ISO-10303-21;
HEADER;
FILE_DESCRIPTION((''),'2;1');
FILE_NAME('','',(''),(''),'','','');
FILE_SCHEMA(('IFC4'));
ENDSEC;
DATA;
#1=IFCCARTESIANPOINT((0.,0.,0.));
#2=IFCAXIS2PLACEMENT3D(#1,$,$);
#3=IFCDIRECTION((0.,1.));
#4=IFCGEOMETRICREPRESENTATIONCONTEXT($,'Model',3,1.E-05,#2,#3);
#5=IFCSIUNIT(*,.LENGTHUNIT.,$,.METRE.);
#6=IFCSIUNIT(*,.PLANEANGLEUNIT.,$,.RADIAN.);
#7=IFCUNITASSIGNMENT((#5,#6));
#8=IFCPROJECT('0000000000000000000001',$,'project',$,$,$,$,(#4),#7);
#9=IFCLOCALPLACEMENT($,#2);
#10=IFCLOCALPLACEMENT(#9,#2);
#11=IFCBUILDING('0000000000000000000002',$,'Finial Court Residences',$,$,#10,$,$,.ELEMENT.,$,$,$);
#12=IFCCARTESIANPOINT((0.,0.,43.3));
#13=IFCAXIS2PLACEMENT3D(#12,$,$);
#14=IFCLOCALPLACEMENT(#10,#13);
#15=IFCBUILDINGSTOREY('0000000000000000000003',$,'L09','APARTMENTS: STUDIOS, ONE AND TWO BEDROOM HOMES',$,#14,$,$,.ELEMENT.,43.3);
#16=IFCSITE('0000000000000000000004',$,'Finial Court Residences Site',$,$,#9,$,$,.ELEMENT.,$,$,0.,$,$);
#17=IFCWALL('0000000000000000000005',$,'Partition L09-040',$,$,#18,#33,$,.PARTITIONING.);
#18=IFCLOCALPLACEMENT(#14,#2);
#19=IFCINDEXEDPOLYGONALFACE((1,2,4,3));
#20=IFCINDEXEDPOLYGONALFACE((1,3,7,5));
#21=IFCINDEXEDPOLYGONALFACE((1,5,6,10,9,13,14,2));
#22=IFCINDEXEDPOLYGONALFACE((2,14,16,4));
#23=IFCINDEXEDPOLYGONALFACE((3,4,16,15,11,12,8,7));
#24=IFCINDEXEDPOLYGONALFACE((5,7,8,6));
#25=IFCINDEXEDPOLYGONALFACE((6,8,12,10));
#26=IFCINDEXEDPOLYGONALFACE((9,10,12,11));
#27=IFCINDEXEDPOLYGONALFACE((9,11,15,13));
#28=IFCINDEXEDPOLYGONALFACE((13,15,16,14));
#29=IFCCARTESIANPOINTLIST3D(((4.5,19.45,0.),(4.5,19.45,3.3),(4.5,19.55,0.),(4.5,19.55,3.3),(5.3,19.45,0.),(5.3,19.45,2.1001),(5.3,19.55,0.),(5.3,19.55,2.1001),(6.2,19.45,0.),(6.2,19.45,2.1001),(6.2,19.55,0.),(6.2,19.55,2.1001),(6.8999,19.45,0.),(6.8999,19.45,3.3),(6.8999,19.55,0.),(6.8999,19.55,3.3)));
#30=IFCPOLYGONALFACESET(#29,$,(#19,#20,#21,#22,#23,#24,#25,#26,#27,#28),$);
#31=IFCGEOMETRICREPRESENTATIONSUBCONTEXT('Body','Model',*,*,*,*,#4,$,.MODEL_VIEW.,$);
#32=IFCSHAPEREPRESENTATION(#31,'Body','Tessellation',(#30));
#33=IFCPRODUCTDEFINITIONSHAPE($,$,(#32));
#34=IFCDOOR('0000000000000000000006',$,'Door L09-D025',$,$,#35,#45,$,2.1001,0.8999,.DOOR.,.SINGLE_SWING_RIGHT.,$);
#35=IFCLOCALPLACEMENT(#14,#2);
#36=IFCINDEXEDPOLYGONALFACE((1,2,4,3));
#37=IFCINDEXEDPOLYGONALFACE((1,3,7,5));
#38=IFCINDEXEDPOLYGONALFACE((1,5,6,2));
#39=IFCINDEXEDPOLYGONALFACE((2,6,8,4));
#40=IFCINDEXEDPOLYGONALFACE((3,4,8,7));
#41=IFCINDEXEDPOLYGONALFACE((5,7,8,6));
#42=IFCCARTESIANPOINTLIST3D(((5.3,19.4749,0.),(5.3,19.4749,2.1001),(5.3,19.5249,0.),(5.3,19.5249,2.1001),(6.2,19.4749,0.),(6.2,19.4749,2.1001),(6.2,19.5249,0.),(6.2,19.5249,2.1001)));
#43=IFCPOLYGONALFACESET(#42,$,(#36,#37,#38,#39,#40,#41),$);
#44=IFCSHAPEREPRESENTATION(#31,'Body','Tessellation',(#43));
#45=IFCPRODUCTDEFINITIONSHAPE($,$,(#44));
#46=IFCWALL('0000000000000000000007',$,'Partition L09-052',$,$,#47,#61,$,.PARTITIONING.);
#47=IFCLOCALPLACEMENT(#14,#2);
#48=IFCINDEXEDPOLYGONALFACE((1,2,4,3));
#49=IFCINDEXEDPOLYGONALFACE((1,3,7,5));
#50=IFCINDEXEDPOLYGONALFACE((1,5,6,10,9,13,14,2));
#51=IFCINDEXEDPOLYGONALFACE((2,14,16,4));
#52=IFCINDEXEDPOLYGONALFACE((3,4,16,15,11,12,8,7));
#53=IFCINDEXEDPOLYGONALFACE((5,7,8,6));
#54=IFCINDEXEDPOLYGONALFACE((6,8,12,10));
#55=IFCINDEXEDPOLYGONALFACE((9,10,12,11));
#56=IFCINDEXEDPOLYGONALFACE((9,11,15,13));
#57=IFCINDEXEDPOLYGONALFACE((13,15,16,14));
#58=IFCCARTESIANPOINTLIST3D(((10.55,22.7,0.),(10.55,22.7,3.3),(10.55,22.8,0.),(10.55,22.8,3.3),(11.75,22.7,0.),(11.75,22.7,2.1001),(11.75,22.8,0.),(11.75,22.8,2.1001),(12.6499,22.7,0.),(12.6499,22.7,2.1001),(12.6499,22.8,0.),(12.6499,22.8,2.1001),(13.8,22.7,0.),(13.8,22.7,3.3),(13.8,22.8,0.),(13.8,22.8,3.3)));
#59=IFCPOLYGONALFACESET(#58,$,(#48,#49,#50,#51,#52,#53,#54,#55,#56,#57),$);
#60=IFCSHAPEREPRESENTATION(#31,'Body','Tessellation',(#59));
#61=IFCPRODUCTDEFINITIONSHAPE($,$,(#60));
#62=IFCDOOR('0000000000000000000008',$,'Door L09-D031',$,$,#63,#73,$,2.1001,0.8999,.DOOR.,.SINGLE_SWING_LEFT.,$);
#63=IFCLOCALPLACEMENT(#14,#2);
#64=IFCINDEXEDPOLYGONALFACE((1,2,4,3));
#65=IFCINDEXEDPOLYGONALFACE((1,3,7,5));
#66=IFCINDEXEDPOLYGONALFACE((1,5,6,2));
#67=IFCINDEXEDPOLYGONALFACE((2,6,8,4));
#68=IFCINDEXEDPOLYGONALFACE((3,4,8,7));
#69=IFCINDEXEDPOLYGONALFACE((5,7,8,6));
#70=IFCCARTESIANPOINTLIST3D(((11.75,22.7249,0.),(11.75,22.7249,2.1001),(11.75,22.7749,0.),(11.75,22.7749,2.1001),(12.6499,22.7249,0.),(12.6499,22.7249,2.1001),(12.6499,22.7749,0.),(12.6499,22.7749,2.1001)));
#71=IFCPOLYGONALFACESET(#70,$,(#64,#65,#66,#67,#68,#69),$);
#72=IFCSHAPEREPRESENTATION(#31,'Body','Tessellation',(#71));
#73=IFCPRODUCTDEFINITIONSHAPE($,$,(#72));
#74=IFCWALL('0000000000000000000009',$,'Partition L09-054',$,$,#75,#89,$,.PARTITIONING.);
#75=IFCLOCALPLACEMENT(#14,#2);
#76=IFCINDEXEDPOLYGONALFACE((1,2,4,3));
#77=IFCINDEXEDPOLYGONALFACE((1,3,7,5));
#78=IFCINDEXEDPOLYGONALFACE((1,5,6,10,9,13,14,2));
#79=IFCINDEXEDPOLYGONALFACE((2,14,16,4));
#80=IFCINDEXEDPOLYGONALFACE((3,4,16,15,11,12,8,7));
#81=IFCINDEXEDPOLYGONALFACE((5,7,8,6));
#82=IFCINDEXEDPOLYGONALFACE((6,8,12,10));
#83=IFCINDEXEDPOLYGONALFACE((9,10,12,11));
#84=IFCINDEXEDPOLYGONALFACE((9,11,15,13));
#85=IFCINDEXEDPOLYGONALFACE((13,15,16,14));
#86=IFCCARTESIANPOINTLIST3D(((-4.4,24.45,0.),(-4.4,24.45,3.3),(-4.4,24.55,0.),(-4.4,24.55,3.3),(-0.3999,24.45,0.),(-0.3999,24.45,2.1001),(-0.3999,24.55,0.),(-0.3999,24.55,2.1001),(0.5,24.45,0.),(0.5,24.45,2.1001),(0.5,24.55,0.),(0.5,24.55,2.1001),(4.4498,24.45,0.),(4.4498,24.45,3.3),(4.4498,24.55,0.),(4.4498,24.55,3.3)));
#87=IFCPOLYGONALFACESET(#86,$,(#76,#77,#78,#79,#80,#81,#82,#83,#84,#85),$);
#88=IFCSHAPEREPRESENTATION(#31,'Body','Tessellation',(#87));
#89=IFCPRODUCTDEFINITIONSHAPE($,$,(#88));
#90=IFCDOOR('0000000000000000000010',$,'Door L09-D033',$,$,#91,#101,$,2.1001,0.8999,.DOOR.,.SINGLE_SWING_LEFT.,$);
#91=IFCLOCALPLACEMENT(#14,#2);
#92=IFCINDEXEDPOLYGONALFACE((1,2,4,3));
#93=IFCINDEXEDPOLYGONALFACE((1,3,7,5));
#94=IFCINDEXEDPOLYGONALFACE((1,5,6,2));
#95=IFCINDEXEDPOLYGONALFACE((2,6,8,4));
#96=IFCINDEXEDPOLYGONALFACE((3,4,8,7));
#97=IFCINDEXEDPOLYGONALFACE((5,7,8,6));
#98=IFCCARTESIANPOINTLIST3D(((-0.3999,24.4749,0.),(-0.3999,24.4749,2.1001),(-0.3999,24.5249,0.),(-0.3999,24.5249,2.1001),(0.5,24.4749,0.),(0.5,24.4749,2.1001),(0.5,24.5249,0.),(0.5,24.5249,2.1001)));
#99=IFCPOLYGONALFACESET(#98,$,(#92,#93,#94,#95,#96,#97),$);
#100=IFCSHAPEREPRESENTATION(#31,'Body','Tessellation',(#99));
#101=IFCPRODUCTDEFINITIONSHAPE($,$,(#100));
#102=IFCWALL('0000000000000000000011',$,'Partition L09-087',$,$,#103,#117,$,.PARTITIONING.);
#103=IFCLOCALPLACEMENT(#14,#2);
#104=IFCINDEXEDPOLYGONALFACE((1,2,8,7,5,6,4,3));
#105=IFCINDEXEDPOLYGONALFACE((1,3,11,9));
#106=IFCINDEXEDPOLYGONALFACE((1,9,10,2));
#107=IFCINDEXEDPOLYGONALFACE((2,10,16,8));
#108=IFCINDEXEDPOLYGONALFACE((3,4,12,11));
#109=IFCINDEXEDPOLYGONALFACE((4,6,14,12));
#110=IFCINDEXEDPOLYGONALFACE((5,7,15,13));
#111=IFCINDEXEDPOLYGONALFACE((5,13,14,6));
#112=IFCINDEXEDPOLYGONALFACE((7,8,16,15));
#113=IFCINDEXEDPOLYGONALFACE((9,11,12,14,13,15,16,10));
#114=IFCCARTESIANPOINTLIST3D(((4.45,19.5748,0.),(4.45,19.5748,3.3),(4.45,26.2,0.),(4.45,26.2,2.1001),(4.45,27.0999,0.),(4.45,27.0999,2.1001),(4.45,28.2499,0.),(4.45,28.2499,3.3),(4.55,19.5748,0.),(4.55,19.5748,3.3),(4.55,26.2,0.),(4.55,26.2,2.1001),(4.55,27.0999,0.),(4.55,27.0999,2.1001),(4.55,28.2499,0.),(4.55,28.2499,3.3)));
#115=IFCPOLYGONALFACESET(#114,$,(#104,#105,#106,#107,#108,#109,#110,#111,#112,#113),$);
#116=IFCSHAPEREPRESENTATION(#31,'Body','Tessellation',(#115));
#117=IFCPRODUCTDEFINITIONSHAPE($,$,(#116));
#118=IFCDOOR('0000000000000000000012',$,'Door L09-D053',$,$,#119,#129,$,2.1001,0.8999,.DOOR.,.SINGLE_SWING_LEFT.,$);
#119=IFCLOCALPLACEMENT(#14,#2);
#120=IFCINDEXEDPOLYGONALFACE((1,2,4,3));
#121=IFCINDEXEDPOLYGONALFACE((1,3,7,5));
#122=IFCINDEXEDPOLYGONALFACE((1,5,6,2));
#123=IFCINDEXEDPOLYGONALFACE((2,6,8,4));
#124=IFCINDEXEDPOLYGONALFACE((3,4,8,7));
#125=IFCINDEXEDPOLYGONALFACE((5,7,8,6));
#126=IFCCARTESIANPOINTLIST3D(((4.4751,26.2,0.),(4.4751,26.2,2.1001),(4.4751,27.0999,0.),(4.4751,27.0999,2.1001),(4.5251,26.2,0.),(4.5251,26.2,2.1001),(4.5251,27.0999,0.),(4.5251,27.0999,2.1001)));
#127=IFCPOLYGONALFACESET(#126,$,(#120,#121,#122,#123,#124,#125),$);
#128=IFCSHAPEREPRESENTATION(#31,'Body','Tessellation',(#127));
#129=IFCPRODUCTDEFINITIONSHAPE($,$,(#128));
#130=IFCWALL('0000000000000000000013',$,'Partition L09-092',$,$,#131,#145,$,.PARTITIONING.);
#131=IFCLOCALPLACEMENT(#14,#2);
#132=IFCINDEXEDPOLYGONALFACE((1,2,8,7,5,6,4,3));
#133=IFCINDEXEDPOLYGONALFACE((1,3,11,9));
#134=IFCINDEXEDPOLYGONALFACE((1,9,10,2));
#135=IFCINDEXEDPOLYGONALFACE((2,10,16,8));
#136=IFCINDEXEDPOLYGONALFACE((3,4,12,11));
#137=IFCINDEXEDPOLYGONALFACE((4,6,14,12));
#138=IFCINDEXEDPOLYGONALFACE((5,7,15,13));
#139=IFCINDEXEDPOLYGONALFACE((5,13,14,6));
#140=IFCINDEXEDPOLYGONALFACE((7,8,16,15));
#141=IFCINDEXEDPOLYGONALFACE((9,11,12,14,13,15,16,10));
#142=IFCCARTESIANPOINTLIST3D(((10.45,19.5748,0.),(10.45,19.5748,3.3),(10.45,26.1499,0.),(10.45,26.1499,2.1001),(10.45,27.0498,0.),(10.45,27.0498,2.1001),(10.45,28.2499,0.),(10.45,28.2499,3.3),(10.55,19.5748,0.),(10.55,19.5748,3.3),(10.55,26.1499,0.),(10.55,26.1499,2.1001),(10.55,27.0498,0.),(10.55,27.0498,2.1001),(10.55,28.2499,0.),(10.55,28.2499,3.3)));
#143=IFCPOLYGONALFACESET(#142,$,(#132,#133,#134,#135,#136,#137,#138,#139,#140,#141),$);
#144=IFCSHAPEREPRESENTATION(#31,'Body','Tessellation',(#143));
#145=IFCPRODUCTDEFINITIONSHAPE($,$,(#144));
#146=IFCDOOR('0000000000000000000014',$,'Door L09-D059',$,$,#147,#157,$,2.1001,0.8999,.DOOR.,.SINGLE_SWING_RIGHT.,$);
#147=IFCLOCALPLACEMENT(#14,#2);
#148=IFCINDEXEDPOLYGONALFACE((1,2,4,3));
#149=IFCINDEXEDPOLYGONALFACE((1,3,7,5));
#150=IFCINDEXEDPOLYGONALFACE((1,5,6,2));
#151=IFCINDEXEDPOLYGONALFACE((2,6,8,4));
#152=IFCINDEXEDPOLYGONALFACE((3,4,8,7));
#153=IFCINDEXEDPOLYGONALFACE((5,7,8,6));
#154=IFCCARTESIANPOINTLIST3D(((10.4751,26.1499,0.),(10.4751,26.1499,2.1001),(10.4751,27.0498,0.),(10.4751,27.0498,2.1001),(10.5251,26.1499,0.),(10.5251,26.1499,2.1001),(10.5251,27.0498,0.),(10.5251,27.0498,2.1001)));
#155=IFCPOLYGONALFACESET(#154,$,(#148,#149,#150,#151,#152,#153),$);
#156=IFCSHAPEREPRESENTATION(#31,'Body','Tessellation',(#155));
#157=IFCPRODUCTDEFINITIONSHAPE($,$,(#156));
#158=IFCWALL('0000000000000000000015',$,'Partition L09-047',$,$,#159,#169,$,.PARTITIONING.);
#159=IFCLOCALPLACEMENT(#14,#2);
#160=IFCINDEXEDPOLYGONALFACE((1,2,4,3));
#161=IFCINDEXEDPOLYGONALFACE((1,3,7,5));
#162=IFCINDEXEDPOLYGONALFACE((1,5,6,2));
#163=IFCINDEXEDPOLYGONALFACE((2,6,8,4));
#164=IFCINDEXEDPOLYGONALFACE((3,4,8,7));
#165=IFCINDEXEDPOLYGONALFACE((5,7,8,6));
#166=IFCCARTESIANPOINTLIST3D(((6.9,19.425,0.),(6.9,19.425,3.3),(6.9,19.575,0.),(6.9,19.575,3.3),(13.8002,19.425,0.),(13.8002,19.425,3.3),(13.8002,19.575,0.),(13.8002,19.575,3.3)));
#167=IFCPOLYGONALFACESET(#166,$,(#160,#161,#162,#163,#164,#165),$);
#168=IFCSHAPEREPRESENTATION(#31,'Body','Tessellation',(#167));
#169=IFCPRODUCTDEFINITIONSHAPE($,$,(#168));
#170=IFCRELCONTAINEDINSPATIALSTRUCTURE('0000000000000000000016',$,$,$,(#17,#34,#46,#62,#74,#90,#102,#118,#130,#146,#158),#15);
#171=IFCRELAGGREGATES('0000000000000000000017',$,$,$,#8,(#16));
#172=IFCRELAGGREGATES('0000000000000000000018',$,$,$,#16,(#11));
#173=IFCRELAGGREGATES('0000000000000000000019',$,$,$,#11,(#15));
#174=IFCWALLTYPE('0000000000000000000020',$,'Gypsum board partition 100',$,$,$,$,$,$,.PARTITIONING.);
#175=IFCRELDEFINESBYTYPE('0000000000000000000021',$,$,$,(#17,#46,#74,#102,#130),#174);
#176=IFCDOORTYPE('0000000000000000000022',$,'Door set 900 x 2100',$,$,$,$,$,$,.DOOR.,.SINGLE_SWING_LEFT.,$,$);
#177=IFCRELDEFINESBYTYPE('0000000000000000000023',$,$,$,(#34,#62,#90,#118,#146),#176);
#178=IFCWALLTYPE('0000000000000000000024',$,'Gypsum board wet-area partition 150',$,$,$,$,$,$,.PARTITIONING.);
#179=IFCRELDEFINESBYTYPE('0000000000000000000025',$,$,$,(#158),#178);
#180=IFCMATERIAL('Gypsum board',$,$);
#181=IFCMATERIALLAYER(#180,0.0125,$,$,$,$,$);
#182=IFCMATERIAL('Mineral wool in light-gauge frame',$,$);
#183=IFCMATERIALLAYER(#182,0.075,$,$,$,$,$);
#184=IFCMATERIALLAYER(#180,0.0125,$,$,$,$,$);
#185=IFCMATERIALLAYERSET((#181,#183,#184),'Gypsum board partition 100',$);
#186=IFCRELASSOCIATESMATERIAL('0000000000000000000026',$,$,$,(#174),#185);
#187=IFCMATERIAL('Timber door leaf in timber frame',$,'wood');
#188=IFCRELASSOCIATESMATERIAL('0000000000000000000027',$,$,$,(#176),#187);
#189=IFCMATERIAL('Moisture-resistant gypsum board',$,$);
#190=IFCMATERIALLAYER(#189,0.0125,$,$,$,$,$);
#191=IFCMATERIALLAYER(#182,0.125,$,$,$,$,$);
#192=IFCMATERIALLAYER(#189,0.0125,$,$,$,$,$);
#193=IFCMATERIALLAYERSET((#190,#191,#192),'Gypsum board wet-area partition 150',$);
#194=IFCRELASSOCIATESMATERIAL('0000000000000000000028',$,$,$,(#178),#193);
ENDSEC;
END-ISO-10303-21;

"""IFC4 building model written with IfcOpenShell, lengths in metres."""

from ifc_helpers import new_model, si_unit, direction, frame, frame_2d, origin, place, context, subcontext, project, spatial, rectangle, extrude, material, layer, layer_set, type_object, element, fill, save


model = new_model("IFC4")

# Units and contexts
model_context = context("Model", 3, precision=1e-05, world=origin(), true_north=direction((0.0, 1.0)))
body_context = subcontext(model_context, "Body", "Model", "MODEL_VIEW")
ifc_project = project(units=[si_unit("LENGTHUNIT", "METRE"), si_unit("PLANEANGLEUNIT", "RADIAN")], contexts=[model_context])

# Site, building, storey
site_placement = place(None, origin())
site = spatial("IfcSite", under=ifc_project, at=site_placement, Name="Finial Court Residences Site", CompositionType="ELEMENT", RefElevation=0.0)
building_placement = place(site_placement, origin())
building = spatial("IfcBuilding", under=site, at=building_placement, Name="Finial Court Residences", CompositionType="ELEMENT")
storey_placement = place(building_placement, frame((0.0, 0.0, 43.3)))
storey = spatial("IfcBuildingStorey", under=building, at=storey_placement, Name="L09", Description="APARTMENTS: STUDIOS, ONE AND TWO BEDROOM HOMES", CompositionType="ELEMENT", Elevation=43.3)

# Walls, openings, doors
ifc_material_1 = material(Name="Gypsum board")
ifc_layer_1 = layer(ifc_material_1, 0.0125)
ifc_material_2 = material(Name="Mineral wool in light-gauge frame")
ifc_layer_2 = layer(ifc_material_2, 0.075)
ifc_layer_3 = layer(ifc_material_1, 0.0125)
ifc_layer_set_1 = layer_set([ifc_layer_1, ifc_layer_2, ifc_layer_3], Name="Gypsum board partition 100")
wall_type_1 = type_object("IfcWallType", Name="Gypsum board partition 100", PredefinedType="PARTITIONING", material=ifc_layer_set_1)
wall_1_placement = place(storey_placement, frame((4.5, 19.5, 0.0), z_axis=(0.0, 0.0, 1.0), x_axis=(1.0, 0.0, 0.0)))
wall_1 = element("IfcWall", 1, at=wall_1_placement, inside=storey, type_object=wall_type_1, Name="Partition L09-040", PredefinedType="PARTITIONING", context=body_context, shape_type="SweptSolid", body=[
    extrude(rectangle(XDim=2.3999, YDim=0.1001, at=frame_2d((1.2, 0.0))), origin(), (0.0, 0.0, 1.0), 3.3),
])
opening_1_placement = place(wall_1_placement, frame((0.8, 0.0, 0.0)))
opening_1 = element("IfcOpeningElement", 2, at=opening_1_placement, cuts=wall_1, PredefinedType="OPENING", context=body_context, shape_type="SweptSolid", body=[
    extrude(rectangle(XDim=0.8999, YDim=2.1001, at=frame_2d((0.45, 1.05))), frame((0.0, 0.0601, 0.0), z_axis=(0.0, -1.0, 0.0), x_axis=(1.0, 0.0, 0.0)), (0.0, 0.0, 1.0), 0.1201),
])
ifc_material_3 = material(Name="Timber door leaf in timber frame", Category="wood")
door_type = type_object("IfcDoorType", Name="Door set 900 x 2100", OperationType="SINGLE_SWING_LEFT", PredefinedType="DOOR", material=ifc_material_3)
door_1_placement = place(opening_1_placement, origin())
door_1 = element("IfcDoor", 3, at=door_1_placement, inside=storey, type_object=door_type, Name="Door L09-D025", OperationType="SINGLE_SWING_RIGHT", OverallHeight=2.1001, OverallWidth=0.8999, PredefinedType="DOOR", context=body_context, shape_type="SweptSolid", body=[
    extrude(rectangle(XDim=0.8999, YDim=2.1001, at=frame_2d((0.45, 1.05))), frame((0.0, 0.0249, 0.0), z_axis=(0.0, -1.0, 0.0), x_axis=(1.0, 0.0, 0.0)), (0.0, 0.0, 1.0), 0.05),
])
fill(opening_1, door_1)
wall_2_placement = place(storey_placement, frame((10.55, 22.75, 0.0), z_axis=(0.0, 0.0, 1.0), x_axis=(1.0, 0.0, 0.0)))
wall_2 = element("IfcWall", 4, at=wall_2_placement, inside=storey, type_object=wall_type_1, Name="Partition L09-052", PredefinedType="PARTITIONING", context=body_context, shape_type="SweptSolid", body=[
    extrude(rectangle(XDim=3.25, YDim=0.1001, at=frame_2d((1.625, 0.0))), origin(), (0.0, 0.0, 1.0), 3.3),
])
opening_2_placement = place(wall_2_placement, frame((1.2, 0.0, 0.0)))
opening_2 = element("IfcOpeningElement", 5, at=opening_2_placement, cuts=wall_2, PredefinedType="OPENING", context=body_context, shape_type="SweptSolid", body=[
    extrude(rectangle(XDim=0.8999, YDim=2.1001, at=frame_2d((0.45, 1.05))), frame((0.0, 0.0601, 0.0), z_axis=(0.0, -1.0, 0.0), x_axis=(1.0, 0.0, 0.0)), (0.0, 0.0, 1.0), 0.1201),
])
door_2_placement = place(opening_2_placement, origin())
door_2 = element("IfcDoor", 6, at=door_2_placement, inside=storey, type_object=door_type, Name="Door L09-D031", OperationType="SINGLE_SWING_LEFT", OverallHeight=2.1001, OverallWidth=0.8999, PredefinedType="DOOR", context=body_context, shape_type="SweptSolid", body=[
    extrude(rectangle(XDim=0.8999, YDim=2.1001, at=frame_2d((0.45, 1.05))), frame((0.0, 0.0249, 0.0), z_axis=(0.0, -1.0, 0.0), x_axis=(1.0, 0.0, 0.0)), (0.0, 0.0, 1.0), 0.05),
])
fill(opening_2, door_2)
wall_3_placement = place(storey_placement, frame((-4.3999, 24.5, 0.0), z_axis=(0.0, 0.0, 1.0), x_axis=(1.0, 0.0, 0.0)))
wall_3 = element("IfcWall", 7, at=wall_3_placement, inside=storey, type_object=wall_type_1, Name="Partition L09-054", PredefinedType="PARTITIONING", context=body_context, shape_type="SweptSolid", body=[
    extrude(rectangle(XDim=8.8499, YDim=0.1001, at=frame_2d((4.4248, 0.0))), origin(), (0.0, 0.0, 1.0), 3.3),
])
opening_3_placement = place(wall_3_placement, frame((4.0, 0.0, 0.0)))
opening_3 = element("IfcOpeningElement", 8, at=opening_3_placement, cuts=wall_3, PredefinedType="OPENING", context=body_context, shape_type="SweptSolid", body=[
    extrude(rectangle(XDim=0.8999, YDim=2.1001, at=frame_2d((0.45, 1.05))), frame((0.0, 0.0601, 0.0), z_axis=(0.0, -1.0, 0.0), x_axis=(1.0, 0.0, 0.0)), (0.0, 0.0, 1.0), 0.1201),
])
door_3_placement = place(opening_3_placement, origin())
door_3 = element("IfcDoor", 9, at=door_3_placement, inside=storey, type_object=door_type, Name="Door L09-D033", OperationType="SINGLE_SWING_LEFT", OverallHeight=2.1001, OverallWidth=0.8999, PredefinedType="DOOR", context=body_context, shape_type="SweptSolid", body=[
    extrude(rectangle(XDim=0.8999, YDim=2.1001, at=frame_2d((0.45, 1.05))), frame((0.0, 0.0249, 0.0), z_axis=(0.0, -1.0, 0.0), x_axis=(1.0, 0.0, 0.0)), (0.0, 0.0, 1.0), 0.05),
])
fill(opening_3, door_3)
wall_4_placement = place(storey_placement, frame((4.5, 19.575, 0.0), z_axis=(0.0, 0.0, 1.0), x_axis=(0.0, 1.0, 0.0)))
wall_4 = element("IfcWall", 10, at=wall_4_placement, inside=storey, type_object=wall_type_1, Name="Partition L09-087", PredefinedType="PARTITIONING", context=body_context, shape_type="SweptSolid", body=[
    extrude(rectangle(XDim=8.675, YDim=0.1001, at=frame_2d((4.3374, 0.0))), origin(), (0.0, 0.0, 1.0), 3.3),
])
opening_4_placement = place(wall_4_placement, frame((6.625, 0.0, 0.0)))
opening_4 = element("IfcOpeningElement", 11, at=opening_4_placement, cuts=wall_4, PredefinedType="OPENING", context=body_context, shape_type="SweptSolid", body=[
    extrude(rectangle(XDim=0.8999, YDim=2.1001, at=frame_2d((0.45, 1.05))), frame((0.0, 0.0601, 0.0), z_axis=(0.0, -1.0, 0.0), x_axis=(1.0, 0.0, 0.0)), (0.0, 0.0, 1.0), 0.1201),
])
door_4_placement = place(opening_4_placement, origin())
door_4 = element("IfcDoor", 12, at=door_4_placement, inside=storey, type_object=door_type, Name="Door L09-D053", OperationType="SINGLE_SWING_LEFT", OverallHeight=2.1001, OverallWidth=0.8999, PredefinedType="DOOR", context=body_context, shape_type="SweptSolid", body=[
    extrude(rectangle(XDim=0.8999, YDim=2.1001, at=frame_2d((0.45, 1.05))), frame((0.0, 0.0249, 0.0), z_axis=(0.0, -1.0, 0.0), x_axis=(1.0, 0.0, 0.0)), (0.0, 0.0, 1.0), 0.05),
])
fill(opening_4, door_4)
wall_5_placement = place(storey_placement, frame((10.5, 19.575, 0.0), z_axis=(0.0, 0.0, 1.0), x_axis=(0.0, 1.0, 0.0)))
wall_5 = element("IfcWall", 13, at=wall_5_placement, inside=storey, type_object=wall_type_1, Name="Partition L09-092", PredefinedType="PARTITIONING", context=body_context, shape_type="SweptSolid", body=[
    extrude(rectangle(XDim=8.675, YDim=0.1001, at=frame_2d((4.3374, 0.0))), origin(), (0.0, 0.0, 1.0), 3.3),
])
opening_5_placement = place(wall_5_placement, frame((6.575, 0.0, 0.0)))
opening_5 = element("IfcOpeningElement", 14, at=opening_5_placement, cuts=wall_5, PredefinedType="OPENING", context=body_context, shape_type="SweptSolid", body=[
    extrude(rectangle(XDim=0.8999, YDim=2.1001, at=frame_2d((0.45, 1.05))), frame((0.0, 0.0601, 0.0), z_axis=(0.0, -1.0, 0.0), x_axis=(1.0, 0.0, 0.0)), (0.0, 0.0, 1.0), 0.1201),
])
door_5_placement = place(opening_5_placement, origin())
door_5 = element("IfcDoor", 15, at=door_5_placement, inside=storey, type_object=door_type, Name="Door L09-D059", OperationType="SINGLE_SWING_RIGHT", OverallHeight=2.1001, OverallWidth=0.8999, PredefinedType="DOOR", context=body_context, shape_type="SweptSolid", body=[
    extrude(rectangle(XDim=0.8999, YDim=2.1001, at=frame_2d((0.45, 1.05))), frame((0.0, 0.0249, 0.0), z_axis=(0.0, -1.0, 0.0), x_axis=(1.0, 0.0, 0.0)), (0.0, 0.0, 1.0), 0.05),
])
fill(opening_5, door_5)

# Wall
ifc_material_4 = material(Name="Moisture-resistant gypsum board")
ifc_layer_4 = layer(ifc_material_4, 0.0125)
ifc_layer_5 = layer(ifc_material_2, 0.125)
ifc_layer_6 = layer(ifc_material_4, 0.0125)
ifc_layer_set_2 = layer_set([ifc_layer_4, ifc_layer_5, ifc_layer_6], Name="Gypsum board wet-area partition 150")
wall_type_2 = type_object("IfcWallType", Name="Gypsum board wet-area partition 150", PredefinedType="PARTITIONING", material=ifc_layer_set_2)
wall_6_placement = place(storey_placement, frame((6.8999, 19.5, 0.0), z_axis=(0.0, 0.0, 1.0), x_axis=(1.0, 0.0, 0.0)))
element("IfcWall", 16, at=wall_6_placement, inside=storey, type_object=wall_type_2, Name="Partition L09-047", PredefinedType="PARTITIONING", context=body_context, shape_type="SweptSolid", body=[
    extrude(rectangle(XDim=6.9001, YDim=0.1499, at=frame_2d((3.4502, 0.0))), origin(), (0.0, 0.0, 1.0), 3.3),
])

save(model, "model.ifc")
